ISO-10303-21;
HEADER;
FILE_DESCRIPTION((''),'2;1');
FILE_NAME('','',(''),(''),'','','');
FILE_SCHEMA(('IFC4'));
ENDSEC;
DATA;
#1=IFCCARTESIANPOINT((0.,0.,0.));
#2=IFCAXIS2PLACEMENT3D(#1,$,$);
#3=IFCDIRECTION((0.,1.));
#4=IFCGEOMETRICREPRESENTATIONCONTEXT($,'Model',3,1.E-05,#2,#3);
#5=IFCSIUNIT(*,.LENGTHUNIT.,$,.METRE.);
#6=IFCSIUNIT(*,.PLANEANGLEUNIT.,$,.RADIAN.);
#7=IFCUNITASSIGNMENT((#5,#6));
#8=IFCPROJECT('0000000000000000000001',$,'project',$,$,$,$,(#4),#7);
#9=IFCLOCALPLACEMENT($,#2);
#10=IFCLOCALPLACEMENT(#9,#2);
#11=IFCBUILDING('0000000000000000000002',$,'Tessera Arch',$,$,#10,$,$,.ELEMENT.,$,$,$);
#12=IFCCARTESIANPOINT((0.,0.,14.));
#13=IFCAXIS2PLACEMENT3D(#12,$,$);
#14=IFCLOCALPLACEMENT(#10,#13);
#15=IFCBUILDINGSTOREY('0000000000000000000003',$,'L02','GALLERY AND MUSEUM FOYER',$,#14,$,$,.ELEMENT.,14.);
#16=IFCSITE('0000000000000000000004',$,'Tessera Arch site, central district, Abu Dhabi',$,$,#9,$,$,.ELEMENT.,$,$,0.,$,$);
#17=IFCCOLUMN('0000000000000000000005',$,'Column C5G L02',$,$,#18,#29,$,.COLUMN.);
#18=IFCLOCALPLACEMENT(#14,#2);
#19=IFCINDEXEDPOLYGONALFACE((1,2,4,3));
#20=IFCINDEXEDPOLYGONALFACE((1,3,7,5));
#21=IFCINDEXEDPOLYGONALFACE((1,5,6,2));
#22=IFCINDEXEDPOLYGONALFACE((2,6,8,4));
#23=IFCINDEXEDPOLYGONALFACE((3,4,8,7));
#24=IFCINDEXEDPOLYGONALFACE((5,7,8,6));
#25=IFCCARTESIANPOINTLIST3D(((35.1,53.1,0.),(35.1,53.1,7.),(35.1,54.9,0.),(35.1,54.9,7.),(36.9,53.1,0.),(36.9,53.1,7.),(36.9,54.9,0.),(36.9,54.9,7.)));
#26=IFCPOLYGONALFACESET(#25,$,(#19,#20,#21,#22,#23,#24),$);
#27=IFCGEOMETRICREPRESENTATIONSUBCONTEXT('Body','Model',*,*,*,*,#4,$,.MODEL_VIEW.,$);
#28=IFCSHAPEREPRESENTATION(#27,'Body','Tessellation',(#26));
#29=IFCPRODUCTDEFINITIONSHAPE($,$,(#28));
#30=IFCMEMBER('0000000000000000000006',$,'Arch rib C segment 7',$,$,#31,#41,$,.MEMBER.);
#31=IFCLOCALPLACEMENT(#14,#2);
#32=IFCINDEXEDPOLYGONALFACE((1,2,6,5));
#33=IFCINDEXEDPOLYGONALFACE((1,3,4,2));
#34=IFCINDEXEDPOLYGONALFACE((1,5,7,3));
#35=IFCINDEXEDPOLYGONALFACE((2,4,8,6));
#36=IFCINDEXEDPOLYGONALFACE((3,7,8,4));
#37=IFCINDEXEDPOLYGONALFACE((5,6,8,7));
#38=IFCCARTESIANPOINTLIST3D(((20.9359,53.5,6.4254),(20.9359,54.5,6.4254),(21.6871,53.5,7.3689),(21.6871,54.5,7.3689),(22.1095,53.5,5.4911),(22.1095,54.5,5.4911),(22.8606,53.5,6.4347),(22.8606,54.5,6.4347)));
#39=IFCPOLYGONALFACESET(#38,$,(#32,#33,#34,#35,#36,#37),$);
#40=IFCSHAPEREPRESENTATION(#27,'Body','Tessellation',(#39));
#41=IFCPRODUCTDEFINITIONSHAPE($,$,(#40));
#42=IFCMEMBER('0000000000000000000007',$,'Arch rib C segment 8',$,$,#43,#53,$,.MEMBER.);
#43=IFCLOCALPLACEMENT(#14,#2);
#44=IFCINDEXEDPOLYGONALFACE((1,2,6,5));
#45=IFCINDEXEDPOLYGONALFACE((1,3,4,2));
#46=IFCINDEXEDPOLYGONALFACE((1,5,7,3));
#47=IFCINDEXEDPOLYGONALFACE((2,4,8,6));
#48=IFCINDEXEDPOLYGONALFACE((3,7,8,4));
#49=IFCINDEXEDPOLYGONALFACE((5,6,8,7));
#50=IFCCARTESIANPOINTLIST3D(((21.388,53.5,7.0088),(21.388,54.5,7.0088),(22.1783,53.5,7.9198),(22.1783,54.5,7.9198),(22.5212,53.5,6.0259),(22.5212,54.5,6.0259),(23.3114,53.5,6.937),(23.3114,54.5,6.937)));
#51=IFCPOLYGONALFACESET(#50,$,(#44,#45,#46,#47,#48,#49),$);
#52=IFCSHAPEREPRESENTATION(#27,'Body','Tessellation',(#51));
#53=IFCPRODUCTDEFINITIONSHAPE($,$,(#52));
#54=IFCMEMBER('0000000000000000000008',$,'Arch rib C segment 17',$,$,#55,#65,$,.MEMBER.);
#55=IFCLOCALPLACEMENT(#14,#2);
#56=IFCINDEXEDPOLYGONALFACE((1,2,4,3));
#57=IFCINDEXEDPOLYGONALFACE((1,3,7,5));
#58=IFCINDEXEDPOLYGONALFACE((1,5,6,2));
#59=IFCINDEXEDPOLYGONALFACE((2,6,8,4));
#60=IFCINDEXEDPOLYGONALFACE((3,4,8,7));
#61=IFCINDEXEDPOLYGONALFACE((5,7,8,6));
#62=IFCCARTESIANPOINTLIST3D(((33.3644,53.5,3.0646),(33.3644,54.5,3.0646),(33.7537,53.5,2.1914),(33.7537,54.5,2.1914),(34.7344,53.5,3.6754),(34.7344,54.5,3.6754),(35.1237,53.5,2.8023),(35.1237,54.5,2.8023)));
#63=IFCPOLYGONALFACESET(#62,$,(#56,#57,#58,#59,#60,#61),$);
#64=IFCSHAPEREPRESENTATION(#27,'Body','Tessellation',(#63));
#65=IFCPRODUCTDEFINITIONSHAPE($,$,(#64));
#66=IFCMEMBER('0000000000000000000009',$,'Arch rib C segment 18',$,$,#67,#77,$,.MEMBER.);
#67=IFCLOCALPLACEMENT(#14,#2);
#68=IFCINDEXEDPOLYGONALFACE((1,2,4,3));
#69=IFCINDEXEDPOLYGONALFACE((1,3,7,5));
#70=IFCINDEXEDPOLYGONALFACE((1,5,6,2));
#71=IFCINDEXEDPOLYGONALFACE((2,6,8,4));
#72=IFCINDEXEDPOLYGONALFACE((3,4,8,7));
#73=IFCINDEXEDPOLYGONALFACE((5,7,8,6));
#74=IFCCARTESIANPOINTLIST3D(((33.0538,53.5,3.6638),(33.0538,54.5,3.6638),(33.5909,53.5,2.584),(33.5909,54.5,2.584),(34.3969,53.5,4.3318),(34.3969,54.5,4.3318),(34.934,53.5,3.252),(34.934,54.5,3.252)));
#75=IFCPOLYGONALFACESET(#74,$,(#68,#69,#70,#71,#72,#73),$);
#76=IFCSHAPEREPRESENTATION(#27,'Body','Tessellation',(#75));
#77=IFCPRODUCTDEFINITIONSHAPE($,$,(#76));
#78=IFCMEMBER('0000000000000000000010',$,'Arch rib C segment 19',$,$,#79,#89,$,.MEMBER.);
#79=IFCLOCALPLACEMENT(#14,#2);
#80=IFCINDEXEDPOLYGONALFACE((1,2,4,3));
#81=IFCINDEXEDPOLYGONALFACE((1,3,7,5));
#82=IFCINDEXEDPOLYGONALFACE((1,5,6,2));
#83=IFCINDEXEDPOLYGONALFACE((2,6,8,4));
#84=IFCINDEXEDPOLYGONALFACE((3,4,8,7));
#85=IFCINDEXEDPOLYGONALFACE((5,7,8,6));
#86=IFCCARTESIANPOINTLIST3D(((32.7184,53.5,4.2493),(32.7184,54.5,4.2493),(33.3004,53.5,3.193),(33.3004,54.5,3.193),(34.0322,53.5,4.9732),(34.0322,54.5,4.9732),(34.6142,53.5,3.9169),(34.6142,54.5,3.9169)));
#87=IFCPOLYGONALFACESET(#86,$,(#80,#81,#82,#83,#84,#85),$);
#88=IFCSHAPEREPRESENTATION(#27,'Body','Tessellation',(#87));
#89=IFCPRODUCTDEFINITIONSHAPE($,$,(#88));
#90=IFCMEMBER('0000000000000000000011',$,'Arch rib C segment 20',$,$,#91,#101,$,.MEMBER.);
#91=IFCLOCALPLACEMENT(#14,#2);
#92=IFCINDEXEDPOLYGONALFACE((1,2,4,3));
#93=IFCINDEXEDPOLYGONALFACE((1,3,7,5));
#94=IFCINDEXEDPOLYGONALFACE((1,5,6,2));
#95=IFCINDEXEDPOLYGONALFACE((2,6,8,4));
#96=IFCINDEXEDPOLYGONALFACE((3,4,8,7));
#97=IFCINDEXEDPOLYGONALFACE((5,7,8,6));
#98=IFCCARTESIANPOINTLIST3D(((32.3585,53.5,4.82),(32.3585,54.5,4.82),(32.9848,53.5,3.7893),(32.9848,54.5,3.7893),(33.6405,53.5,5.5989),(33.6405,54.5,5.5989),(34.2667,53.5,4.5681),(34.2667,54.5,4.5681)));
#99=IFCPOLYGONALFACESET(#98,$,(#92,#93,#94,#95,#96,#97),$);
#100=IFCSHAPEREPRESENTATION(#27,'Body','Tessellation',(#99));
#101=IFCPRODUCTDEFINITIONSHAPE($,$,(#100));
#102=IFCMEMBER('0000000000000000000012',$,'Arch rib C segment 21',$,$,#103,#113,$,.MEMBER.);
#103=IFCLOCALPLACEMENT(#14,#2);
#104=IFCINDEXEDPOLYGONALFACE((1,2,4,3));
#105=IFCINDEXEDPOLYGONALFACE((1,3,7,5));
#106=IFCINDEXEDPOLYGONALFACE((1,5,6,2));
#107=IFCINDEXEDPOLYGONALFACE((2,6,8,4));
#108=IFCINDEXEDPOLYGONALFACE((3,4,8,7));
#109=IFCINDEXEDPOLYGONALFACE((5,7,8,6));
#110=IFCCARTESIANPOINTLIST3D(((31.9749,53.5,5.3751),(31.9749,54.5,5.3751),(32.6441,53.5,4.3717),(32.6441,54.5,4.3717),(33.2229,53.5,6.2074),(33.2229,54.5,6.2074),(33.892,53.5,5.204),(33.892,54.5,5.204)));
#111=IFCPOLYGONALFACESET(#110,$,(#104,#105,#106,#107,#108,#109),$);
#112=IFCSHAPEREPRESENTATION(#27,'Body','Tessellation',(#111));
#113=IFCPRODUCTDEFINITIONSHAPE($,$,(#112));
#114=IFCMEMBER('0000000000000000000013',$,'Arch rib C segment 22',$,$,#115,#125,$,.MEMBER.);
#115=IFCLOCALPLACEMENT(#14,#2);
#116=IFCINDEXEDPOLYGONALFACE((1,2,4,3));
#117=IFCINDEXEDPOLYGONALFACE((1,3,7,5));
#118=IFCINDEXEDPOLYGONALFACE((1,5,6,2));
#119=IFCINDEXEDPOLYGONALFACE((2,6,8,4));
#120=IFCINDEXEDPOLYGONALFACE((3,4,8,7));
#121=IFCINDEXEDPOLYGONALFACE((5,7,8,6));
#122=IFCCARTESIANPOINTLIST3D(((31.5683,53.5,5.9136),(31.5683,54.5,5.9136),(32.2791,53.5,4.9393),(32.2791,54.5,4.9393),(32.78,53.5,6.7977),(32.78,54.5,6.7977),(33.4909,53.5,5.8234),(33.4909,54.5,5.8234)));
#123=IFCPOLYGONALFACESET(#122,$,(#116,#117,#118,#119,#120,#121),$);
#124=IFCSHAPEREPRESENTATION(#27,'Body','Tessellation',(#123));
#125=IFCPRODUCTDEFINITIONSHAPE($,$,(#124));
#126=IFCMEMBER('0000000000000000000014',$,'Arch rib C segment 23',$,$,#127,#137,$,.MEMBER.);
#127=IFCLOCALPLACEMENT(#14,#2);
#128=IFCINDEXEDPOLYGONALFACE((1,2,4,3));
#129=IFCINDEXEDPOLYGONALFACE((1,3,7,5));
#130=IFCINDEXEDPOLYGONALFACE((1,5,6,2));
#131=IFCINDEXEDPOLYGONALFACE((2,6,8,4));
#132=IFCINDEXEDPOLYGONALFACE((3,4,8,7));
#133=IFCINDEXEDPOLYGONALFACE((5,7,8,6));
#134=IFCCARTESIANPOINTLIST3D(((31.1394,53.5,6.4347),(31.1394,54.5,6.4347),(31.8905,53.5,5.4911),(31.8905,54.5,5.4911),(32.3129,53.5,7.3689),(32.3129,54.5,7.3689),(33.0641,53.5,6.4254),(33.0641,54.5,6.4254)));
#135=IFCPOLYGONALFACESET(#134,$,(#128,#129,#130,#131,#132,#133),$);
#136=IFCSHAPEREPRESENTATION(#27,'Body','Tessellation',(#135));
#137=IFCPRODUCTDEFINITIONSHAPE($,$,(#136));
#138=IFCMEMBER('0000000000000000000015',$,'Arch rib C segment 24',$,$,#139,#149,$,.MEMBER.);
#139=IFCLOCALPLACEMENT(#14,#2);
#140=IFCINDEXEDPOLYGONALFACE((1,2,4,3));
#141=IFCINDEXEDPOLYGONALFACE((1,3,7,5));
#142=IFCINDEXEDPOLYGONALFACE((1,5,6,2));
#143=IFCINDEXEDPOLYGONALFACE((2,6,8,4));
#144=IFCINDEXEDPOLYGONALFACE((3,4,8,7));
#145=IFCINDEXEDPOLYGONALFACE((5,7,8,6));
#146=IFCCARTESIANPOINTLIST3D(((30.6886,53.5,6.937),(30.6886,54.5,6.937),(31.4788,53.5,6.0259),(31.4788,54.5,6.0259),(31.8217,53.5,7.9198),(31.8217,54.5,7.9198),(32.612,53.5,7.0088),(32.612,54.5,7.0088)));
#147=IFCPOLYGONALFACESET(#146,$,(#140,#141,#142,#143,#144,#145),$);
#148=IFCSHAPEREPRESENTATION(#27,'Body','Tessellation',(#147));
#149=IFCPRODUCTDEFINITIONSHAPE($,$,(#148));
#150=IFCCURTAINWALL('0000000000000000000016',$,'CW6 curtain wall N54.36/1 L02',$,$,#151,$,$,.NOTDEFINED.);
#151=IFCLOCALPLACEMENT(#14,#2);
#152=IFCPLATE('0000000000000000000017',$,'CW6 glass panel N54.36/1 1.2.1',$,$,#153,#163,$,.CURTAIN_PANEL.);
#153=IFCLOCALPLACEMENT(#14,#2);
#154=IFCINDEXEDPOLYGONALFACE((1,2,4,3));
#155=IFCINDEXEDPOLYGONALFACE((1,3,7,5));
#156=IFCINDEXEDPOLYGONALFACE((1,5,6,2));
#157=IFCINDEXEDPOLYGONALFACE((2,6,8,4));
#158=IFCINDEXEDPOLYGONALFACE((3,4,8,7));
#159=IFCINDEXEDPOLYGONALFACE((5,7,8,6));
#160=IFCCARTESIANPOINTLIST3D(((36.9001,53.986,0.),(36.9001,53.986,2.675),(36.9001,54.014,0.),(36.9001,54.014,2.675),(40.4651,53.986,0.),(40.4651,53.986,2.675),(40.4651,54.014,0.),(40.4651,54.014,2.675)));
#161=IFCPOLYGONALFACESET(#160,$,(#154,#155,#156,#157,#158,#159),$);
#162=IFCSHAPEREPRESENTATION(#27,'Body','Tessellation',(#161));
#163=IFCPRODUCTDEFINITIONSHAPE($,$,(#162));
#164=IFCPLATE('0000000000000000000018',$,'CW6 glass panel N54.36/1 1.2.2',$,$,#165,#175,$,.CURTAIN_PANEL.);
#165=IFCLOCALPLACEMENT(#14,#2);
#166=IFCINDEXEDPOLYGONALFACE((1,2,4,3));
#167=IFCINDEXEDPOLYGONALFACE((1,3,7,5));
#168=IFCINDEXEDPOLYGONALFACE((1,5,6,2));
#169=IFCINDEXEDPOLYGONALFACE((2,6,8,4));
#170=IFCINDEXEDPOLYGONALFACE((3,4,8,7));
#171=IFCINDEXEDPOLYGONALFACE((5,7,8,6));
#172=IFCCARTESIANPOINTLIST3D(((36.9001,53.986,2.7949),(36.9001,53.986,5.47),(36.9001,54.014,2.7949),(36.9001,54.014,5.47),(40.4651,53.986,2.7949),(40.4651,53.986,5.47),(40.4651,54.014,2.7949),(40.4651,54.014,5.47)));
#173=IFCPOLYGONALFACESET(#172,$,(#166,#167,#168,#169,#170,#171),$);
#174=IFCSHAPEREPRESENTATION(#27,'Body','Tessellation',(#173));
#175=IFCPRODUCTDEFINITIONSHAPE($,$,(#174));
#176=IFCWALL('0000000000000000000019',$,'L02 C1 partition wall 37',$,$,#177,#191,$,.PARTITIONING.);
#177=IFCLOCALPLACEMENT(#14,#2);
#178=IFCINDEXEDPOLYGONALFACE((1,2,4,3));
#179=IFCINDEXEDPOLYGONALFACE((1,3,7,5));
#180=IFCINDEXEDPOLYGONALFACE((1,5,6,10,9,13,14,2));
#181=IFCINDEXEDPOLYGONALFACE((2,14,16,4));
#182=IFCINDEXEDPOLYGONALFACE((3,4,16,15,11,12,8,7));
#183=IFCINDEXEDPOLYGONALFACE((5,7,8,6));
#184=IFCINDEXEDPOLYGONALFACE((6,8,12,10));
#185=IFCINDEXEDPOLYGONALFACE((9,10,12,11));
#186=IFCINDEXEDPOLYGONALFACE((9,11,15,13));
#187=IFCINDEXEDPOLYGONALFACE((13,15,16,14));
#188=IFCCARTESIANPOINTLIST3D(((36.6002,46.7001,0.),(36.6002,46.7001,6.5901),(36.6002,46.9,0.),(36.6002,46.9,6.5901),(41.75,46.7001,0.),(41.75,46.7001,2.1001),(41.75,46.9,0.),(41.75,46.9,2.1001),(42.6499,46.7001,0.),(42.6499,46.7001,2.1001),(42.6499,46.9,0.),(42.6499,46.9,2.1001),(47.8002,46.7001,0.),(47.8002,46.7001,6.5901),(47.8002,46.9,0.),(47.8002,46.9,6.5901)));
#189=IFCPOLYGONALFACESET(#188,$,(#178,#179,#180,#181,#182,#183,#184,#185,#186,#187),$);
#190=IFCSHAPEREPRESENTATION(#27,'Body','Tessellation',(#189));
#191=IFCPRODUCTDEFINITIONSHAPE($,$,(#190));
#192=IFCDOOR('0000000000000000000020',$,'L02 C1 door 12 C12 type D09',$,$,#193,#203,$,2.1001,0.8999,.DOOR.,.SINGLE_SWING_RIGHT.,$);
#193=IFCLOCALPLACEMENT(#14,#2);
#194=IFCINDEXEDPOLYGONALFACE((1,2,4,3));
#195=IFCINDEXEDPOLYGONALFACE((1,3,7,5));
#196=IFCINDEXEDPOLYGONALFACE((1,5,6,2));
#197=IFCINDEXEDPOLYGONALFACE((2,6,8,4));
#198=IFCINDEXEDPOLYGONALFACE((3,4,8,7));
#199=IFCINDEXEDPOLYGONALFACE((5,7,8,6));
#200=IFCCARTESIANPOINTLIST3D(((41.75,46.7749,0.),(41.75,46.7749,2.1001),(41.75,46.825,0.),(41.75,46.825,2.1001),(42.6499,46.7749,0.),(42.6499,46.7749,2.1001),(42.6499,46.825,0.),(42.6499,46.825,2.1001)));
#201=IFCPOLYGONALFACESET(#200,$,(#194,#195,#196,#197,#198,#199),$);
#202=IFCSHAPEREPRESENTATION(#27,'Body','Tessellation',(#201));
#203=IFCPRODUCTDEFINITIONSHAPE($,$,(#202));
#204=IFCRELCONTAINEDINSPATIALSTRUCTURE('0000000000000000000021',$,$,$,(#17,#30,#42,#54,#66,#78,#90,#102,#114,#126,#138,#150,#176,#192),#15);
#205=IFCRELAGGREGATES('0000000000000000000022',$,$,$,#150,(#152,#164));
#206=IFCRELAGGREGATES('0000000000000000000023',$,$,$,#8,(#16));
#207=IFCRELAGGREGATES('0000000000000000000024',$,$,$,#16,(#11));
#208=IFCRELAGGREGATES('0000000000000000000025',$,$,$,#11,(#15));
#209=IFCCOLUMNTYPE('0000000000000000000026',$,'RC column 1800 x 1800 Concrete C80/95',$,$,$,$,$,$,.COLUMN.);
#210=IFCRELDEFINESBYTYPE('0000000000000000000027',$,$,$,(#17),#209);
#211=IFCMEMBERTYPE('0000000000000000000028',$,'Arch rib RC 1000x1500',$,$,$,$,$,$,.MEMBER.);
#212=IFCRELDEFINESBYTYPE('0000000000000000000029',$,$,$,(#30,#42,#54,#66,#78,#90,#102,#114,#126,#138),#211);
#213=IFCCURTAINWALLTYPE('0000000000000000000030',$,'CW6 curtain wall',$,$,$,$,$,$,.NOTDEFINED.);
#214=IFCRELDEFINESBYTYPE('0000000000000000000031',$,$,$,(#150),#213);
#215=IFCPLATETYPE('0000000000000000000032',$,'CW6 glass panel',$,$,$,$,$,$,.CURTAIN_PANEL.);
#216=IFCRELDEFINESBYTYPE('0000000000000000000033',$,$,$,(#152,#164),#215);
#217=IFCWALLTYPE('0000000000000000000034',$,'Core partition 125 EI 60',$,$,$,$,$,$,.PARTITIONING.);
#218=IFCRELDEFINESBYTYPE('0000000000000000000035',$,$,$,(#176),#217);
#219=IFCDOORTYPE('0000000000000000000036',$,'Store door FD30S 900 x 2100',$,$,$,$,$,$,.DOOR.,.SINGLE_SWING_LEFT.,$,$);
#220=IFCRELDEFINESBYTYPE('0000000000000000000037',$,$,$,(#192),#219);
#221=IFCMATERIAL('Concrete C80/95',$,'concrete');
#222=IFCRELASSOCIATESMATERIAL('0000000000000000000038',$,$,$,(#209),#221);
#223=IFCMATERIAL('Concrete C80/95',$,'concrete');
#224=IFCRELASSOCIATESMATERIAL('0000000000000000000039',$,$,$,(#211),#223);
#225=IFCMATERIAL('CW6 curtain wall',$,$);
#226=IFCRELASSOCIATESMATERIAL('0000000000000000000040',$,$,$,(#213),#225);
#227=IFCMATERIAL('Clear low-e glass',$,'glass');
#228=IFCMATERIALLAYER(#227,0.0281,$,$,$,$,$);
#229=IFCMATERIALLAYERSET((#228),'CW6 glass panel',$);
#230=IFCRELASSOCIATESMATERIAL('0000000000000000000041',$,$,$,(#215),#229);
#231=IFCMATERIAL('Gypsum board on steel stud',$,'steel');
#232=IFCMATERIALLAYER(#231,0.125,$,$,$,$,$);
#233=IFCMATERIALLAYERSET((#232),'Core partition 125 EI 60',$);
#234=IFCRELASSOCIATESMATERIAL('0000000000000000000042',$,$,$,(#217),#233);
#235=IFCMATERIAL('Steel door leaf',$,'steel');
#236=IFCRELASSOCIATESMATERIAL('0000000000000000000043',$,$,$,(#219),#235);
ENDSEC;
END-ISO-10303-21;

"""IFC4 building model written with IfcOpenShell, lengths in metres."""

from ifc_helpers import new_model, si_unit, direction, frame, frame_2d, origin, origin_2d, place, context, subcontext, project, spatial, rectangle, extrude, material, layer, layer_set, material_profile, profile_set, type_object, element, fill, aggregate, save


model = new_model("IFC4")

# Units and contexts
model_context = context("Model", 3, precision=1e-05, world=origin(), true_north=direction((0.0, 1.0)))
body_context = subcontext(model_context, "Body", "Model", "MODEL_VIEW")
ifc_project = project(units=[si_unit("LENGTHUNIT", "METRE"), si_unit("PLANEANGLEUNIT", "RADIAN")], contexts=[model_context])

# Site, building, storey
site_placement = place(None, origin())
site = spatial("IfcSite", under=ifc_project, at=site_placement, Name="Tessera Arch site, central district, Abu Dhabi", CompositionType="ELEMENT", RefElevation=0.0)
building_placement = place(site_placement, origin())
building = spatial("IfcBuilding", under=site, at=building_placement, Name="Tessera Arch", CompositionType="ELEMENT")
storey_placement = place(building_placement, frame((0.0, 0.0, 14.0)))
storey = spatial("IfcBuildingStorey", under=building, at=storey_placement, Name="L02", Description="GALLERY AND MUSEUM FOYER", CompositionType="ELEMENT", Elevation=14.0)

# Column
ifc_material_1 = material(Name="Concrete C80/95", Category="concrete")
ifc_material_profile_1 = material_profile(ifc_material_1, rectangle(XDim=1.8, YDim=1.8, at=origin_2d()), Name="RC column 1800 x 1800 Concrete C80/95")
ifc_profile_set_1 = profile_set([ifc_material_profile_1], Name="Concrete C80/95")
column_type = type_object("IfcColumnType", Name="RC column 1800 x 1800 Concrete C80/95", PredefinedType="COLUMN", material=ifc_profile_set_1)
column_placement = place(storey_placement, frame((36.0, 54.0, 0.0), z_axis=(0.0, 0.0, 1.0), x_axis=(1.0, 0.0, 0.0)))
element("IfcColumn", 1, at=column_placement, inside=storey, type_object=column_type, Name="Column C5G L02", PredefinedType="COLUMN", context=body_context, shape_type="SweptSolid", body=[
    extrude(rectangle(XDim=1.8, YDim=1.8, at=origin_2d()), origin(), (0.0, 0.0, 1.0), 7.0),
])

# Members
ifc_material_2 = material(Name="Concrete C80/95", Category="concrete")
ifc_material_profile_2 = material_profile(ifc_material_2, rectangle(XDim=1.0, YDim=1.5, at=origin_2d()), Name="RC 1000x1500")
ifc_profile_set_2 = profile_set([ifc_material_profile_2], Name="Concrete C80/95")
member_type = type_object("IfcMemberType", Name="Arch rib RC 1000x1500", PredefinedType="MEMBER", material=ifc_profile_set_2)
for number, where, z_axis, x_axis, name in (
    (2, (21.5227, 54.0, 5.9583), (0.622842, 0.0, 0.782348), (0.0, 1.0, 0.0), "Arch rib C segment 7"),
    (3, (21.9546, 54.0, 6.5173), (0.655231, 0.0, 0.755429), (0.0, 1.0, 0.0), "Arch rib C segment 8"),
):
    element("IfcMember", number, at=place(storey_placement, frame(where, z_axis=z_axis, x_axis=x_axis)), inside=storey, type_object=member_type, Name=name, PredefinedType="MEMBER", context=body_context, shape_type="SweptSolid", body=[
        extrude(rectangle(XDim=1.0, YDim=1.5, at=origin_2d()), origin(), (0.0, 0.0, 1.0), 1.2061),
    ])
member_placement = place(storey_placement, frame((34.4387, 54.0, 2.4968), z_axis=(-0.407252, 0.0, 0.913316), x_axis=(0.0, -1.0, 0.0)))
element("IfcMember", 4, at=member_placement, inside=storey, type_object=member_type, Name="Arch rib C segment 17", PredefinedType="MEMBER", context=body_context, shape_type="SweptSolid", body=[
    extrude(rectangle(XDim=1.0, YDim=1.5, at=origin_2d()), origin(), (0.0, 0.0, 1.0), 0.9561),
])
for number, where, z_axis, x_axis, name in (
    (5, (34.2625, 54.0, 2.918), (-0.44535, 0.0, 0.895356), (0.0, -1.0, 0.0), "Arch rib C segment 18"),
    (6, (33.9573, 54.0, 3.5549), (-0.482564, 0.0, 0.875861), (0.0, -1.0, 0.0), "Arch rib C segment 19"),
    (7, (33.6257, 54.0, 4.1787), (-0.519221, 0.0, 0.85464), (0.0, -1.0, 0.0), "Arch rib C segment 20"),
    (8, (33.2681, 54.0, 4.7878), (-0.55484, 0.0, 0.831957), (0.0, -1.0, 0.0), "Arch rib C segment 21"),
    (9, (32.885, 54.0, 5.3813), (-0.589423, 0.0, 0.807825), (0.0, -1.0, 0.0), "Arch rib C segment 22"),
    (10, (32.4773, 54.0, 5.9583), (-0.622842, 0.0, 0.782348), (0.0, -1.0, 0.0), "Arch rib C segment 23"),
    (11, (32.0454, 54.0, 6.5173), (-0.655231, 0.0, 0.755429), (0.0, -1.0, 0.0), "Arch rib C segment 24"),
):
    element("IfcMember", number, at=place(storey_placement, frame(where, z_axis=z_axis, x_axis=x_axis)), inside=storey, type_object=member_type, Name=name, PredefinedType="MEMBER", context=body_context, shape_type="SweptSolid", body=[
        extrude(rectangle(XDim=1.0, YDim=1.5, at=origin_2d()), origin(), (0.0, 0.0, 1.0), 1.2061),
    ])

# Curtain wall, plates
ifc_material_3 = material(Name="CW6 curtain wall")
curtain_wall_type = type_object("IfcCurtainWallType", Name="CW6 curtain wall", PredefinedType="NOTDEFINED", material=ifc_material_3)
curtain_wall_placement = place(storey_placement, origin())
curtain_wall = element("IfcCurtainWall", 12, at=curtain_wall_placement, inside=storey, type_object=curtain_wall_type, Name="CW6 curtain wall N54.36/1 L02", PredefinedType="NOTDEFINED")
ifc_material_4 = material(Name="Clear low-e glass", Category="glass")
ifc_layer_1 = layer(ifc_material_4, 0.0281)
ifc_layer_set_1 = layer_set([ifc_layer_1], Name="CW6 glass panel")
plate_type = type_object("IfcPlateType", Name="CW6 glass panel", PredefinedType="CURTAIN_PANEL", material=ifc_layer_set_1)
plate_1_placement = place(storey_placement, frame((38.6826, 54.0, 0.0), z_axis=(0.0, 0.0, 1.0), x_axis=(-1.0, 0.0, 0.0)))
plate_1 = element("IfcPlate", 13, at=plate_1_placement, type_object=plate_type, Name="CW6 glass panel N54.36/1 1.2.1", PredefinedType="CURTAIN_PANEL", context=body_context, shape_type="SweptSolid", body=[
    extrude(rectangle(XDim=3.5649, YDim=0.0281, at=origin_2d()), origin(), (0.0, 0.0, 1.0), 2.675),
])
plate_2_placement = place(storey_placement, frame((38.6826, 54.0, 2.7949), z_axis=(0.0, 0.0, 1.0), x_axis=(-1.0, 0.0, 0.0)))
plate_2 = element("IfcPlate", 14, at=plate_2_placement, type_object=plate_type, Name="CW6 glass panel N54.36/1 1.2.2", PredefinedType="CURTAIN_PANEL", context=body_context, shape_type="SweptSolid", body=[
    extrude(rectangle(XDim=3.5649, YDim=0.0281, at=origin_2d()), origin(), (0.0, 0.0, 1.0), 2.675),
])
aggregate(curtain_wall, [plate_1, plate_2])

# Wall, opening, door
ifc_material_5 = material(Name="Gypsum board on steel stud", Category="steel")
ifc_layer_2 = layer(ifc_material_5, 0.125)
ifc_layer_set_2 = layer_set([ifc_layer_2], Name="Core partition 125 EI 60")
wall_type_1 = type_object("IfcWallType", Name="Core partition 125 EI 60", PredefinedType="PARTITIONING", material=ifc_layer_set_2)
wall_1_placement = place(storey_placement, frame((36.6001, 46.8, 0.0), z_axis=(0.0, 0.0, 1.0), x_axis=(1.0, 0.0, 0.0)))
wall_1 = element("IfcWall", 15, at=wall_1_placement, inside=storey, type_object=wall_type_1, Name="L02 C1 partition wall 37", PredefinedType="PARTITIONING", context=body_context, shape_type="SweptSolid", body=[
    extrude(rectangle(XDim=11.2, YDim=0.2, at=frame_2d((5.6001, 0.0))), origin(), (0.0, 0.0, 1.0), 6.5901),
])
opening_1_placement = place(wall_1_placement, frame((5.1499, 0.0, 0.0)))
opening_1 = element("IfcOpeningElement", 16, at=opening_1_placement, cuts=wall_1, PredefinedType="OPENING", context=body_context, shape_type="SweptSolid", body=[
    extrude(rectangle(XDim=0.8999, YDim=2.1001, at=frame_2d((0.45, 1.05))), frame((0.0, 0.1099, 0.0), z_axis=(0.0, -1.0, 0.0), x_axis=(1.0, 0.0, 0.0)), (0.0, 0.0, 1.0), 0.22),
])
ifc_material_6 = material(Name="Steel door leaf", Category="steel")
door_type_1 = type_object("IfcDoorType", Name="Store door FD30S 900 x 2100", OperationType="SINGLE_SWING_LEFT", PredefinedType="DOOR", material=ifc_material_6)
door_1_placement = place(opening_1_placement, origin())
door_1 = element("IfcDoor", 17, at=door_1_placement, inside=storey, type_object=door_type_1, Name="L02 C1 door 12 C12 type D09", OperationType="SINGLE_SWING_RIGHT", OverallHeight=2.1001, OverallWidth=0.8999, PredefinedType="DOOR", context=body_context, shape_type="SweptSolid", body=[
    extrude(rectangle(XDim=0.8999, YDim=2.1001, at=frame_2d((0.45, 1.05))), frame((0.0, 0.0249, 0.0), z_axis=(0.0, -1.0, 0.0), x_axis=(1.0, 0.0, 0.0)), (0.0, 0.0, 1.0), 0.05),
])
fill(opening_1, door_1)

save(model, "model.ifc")
